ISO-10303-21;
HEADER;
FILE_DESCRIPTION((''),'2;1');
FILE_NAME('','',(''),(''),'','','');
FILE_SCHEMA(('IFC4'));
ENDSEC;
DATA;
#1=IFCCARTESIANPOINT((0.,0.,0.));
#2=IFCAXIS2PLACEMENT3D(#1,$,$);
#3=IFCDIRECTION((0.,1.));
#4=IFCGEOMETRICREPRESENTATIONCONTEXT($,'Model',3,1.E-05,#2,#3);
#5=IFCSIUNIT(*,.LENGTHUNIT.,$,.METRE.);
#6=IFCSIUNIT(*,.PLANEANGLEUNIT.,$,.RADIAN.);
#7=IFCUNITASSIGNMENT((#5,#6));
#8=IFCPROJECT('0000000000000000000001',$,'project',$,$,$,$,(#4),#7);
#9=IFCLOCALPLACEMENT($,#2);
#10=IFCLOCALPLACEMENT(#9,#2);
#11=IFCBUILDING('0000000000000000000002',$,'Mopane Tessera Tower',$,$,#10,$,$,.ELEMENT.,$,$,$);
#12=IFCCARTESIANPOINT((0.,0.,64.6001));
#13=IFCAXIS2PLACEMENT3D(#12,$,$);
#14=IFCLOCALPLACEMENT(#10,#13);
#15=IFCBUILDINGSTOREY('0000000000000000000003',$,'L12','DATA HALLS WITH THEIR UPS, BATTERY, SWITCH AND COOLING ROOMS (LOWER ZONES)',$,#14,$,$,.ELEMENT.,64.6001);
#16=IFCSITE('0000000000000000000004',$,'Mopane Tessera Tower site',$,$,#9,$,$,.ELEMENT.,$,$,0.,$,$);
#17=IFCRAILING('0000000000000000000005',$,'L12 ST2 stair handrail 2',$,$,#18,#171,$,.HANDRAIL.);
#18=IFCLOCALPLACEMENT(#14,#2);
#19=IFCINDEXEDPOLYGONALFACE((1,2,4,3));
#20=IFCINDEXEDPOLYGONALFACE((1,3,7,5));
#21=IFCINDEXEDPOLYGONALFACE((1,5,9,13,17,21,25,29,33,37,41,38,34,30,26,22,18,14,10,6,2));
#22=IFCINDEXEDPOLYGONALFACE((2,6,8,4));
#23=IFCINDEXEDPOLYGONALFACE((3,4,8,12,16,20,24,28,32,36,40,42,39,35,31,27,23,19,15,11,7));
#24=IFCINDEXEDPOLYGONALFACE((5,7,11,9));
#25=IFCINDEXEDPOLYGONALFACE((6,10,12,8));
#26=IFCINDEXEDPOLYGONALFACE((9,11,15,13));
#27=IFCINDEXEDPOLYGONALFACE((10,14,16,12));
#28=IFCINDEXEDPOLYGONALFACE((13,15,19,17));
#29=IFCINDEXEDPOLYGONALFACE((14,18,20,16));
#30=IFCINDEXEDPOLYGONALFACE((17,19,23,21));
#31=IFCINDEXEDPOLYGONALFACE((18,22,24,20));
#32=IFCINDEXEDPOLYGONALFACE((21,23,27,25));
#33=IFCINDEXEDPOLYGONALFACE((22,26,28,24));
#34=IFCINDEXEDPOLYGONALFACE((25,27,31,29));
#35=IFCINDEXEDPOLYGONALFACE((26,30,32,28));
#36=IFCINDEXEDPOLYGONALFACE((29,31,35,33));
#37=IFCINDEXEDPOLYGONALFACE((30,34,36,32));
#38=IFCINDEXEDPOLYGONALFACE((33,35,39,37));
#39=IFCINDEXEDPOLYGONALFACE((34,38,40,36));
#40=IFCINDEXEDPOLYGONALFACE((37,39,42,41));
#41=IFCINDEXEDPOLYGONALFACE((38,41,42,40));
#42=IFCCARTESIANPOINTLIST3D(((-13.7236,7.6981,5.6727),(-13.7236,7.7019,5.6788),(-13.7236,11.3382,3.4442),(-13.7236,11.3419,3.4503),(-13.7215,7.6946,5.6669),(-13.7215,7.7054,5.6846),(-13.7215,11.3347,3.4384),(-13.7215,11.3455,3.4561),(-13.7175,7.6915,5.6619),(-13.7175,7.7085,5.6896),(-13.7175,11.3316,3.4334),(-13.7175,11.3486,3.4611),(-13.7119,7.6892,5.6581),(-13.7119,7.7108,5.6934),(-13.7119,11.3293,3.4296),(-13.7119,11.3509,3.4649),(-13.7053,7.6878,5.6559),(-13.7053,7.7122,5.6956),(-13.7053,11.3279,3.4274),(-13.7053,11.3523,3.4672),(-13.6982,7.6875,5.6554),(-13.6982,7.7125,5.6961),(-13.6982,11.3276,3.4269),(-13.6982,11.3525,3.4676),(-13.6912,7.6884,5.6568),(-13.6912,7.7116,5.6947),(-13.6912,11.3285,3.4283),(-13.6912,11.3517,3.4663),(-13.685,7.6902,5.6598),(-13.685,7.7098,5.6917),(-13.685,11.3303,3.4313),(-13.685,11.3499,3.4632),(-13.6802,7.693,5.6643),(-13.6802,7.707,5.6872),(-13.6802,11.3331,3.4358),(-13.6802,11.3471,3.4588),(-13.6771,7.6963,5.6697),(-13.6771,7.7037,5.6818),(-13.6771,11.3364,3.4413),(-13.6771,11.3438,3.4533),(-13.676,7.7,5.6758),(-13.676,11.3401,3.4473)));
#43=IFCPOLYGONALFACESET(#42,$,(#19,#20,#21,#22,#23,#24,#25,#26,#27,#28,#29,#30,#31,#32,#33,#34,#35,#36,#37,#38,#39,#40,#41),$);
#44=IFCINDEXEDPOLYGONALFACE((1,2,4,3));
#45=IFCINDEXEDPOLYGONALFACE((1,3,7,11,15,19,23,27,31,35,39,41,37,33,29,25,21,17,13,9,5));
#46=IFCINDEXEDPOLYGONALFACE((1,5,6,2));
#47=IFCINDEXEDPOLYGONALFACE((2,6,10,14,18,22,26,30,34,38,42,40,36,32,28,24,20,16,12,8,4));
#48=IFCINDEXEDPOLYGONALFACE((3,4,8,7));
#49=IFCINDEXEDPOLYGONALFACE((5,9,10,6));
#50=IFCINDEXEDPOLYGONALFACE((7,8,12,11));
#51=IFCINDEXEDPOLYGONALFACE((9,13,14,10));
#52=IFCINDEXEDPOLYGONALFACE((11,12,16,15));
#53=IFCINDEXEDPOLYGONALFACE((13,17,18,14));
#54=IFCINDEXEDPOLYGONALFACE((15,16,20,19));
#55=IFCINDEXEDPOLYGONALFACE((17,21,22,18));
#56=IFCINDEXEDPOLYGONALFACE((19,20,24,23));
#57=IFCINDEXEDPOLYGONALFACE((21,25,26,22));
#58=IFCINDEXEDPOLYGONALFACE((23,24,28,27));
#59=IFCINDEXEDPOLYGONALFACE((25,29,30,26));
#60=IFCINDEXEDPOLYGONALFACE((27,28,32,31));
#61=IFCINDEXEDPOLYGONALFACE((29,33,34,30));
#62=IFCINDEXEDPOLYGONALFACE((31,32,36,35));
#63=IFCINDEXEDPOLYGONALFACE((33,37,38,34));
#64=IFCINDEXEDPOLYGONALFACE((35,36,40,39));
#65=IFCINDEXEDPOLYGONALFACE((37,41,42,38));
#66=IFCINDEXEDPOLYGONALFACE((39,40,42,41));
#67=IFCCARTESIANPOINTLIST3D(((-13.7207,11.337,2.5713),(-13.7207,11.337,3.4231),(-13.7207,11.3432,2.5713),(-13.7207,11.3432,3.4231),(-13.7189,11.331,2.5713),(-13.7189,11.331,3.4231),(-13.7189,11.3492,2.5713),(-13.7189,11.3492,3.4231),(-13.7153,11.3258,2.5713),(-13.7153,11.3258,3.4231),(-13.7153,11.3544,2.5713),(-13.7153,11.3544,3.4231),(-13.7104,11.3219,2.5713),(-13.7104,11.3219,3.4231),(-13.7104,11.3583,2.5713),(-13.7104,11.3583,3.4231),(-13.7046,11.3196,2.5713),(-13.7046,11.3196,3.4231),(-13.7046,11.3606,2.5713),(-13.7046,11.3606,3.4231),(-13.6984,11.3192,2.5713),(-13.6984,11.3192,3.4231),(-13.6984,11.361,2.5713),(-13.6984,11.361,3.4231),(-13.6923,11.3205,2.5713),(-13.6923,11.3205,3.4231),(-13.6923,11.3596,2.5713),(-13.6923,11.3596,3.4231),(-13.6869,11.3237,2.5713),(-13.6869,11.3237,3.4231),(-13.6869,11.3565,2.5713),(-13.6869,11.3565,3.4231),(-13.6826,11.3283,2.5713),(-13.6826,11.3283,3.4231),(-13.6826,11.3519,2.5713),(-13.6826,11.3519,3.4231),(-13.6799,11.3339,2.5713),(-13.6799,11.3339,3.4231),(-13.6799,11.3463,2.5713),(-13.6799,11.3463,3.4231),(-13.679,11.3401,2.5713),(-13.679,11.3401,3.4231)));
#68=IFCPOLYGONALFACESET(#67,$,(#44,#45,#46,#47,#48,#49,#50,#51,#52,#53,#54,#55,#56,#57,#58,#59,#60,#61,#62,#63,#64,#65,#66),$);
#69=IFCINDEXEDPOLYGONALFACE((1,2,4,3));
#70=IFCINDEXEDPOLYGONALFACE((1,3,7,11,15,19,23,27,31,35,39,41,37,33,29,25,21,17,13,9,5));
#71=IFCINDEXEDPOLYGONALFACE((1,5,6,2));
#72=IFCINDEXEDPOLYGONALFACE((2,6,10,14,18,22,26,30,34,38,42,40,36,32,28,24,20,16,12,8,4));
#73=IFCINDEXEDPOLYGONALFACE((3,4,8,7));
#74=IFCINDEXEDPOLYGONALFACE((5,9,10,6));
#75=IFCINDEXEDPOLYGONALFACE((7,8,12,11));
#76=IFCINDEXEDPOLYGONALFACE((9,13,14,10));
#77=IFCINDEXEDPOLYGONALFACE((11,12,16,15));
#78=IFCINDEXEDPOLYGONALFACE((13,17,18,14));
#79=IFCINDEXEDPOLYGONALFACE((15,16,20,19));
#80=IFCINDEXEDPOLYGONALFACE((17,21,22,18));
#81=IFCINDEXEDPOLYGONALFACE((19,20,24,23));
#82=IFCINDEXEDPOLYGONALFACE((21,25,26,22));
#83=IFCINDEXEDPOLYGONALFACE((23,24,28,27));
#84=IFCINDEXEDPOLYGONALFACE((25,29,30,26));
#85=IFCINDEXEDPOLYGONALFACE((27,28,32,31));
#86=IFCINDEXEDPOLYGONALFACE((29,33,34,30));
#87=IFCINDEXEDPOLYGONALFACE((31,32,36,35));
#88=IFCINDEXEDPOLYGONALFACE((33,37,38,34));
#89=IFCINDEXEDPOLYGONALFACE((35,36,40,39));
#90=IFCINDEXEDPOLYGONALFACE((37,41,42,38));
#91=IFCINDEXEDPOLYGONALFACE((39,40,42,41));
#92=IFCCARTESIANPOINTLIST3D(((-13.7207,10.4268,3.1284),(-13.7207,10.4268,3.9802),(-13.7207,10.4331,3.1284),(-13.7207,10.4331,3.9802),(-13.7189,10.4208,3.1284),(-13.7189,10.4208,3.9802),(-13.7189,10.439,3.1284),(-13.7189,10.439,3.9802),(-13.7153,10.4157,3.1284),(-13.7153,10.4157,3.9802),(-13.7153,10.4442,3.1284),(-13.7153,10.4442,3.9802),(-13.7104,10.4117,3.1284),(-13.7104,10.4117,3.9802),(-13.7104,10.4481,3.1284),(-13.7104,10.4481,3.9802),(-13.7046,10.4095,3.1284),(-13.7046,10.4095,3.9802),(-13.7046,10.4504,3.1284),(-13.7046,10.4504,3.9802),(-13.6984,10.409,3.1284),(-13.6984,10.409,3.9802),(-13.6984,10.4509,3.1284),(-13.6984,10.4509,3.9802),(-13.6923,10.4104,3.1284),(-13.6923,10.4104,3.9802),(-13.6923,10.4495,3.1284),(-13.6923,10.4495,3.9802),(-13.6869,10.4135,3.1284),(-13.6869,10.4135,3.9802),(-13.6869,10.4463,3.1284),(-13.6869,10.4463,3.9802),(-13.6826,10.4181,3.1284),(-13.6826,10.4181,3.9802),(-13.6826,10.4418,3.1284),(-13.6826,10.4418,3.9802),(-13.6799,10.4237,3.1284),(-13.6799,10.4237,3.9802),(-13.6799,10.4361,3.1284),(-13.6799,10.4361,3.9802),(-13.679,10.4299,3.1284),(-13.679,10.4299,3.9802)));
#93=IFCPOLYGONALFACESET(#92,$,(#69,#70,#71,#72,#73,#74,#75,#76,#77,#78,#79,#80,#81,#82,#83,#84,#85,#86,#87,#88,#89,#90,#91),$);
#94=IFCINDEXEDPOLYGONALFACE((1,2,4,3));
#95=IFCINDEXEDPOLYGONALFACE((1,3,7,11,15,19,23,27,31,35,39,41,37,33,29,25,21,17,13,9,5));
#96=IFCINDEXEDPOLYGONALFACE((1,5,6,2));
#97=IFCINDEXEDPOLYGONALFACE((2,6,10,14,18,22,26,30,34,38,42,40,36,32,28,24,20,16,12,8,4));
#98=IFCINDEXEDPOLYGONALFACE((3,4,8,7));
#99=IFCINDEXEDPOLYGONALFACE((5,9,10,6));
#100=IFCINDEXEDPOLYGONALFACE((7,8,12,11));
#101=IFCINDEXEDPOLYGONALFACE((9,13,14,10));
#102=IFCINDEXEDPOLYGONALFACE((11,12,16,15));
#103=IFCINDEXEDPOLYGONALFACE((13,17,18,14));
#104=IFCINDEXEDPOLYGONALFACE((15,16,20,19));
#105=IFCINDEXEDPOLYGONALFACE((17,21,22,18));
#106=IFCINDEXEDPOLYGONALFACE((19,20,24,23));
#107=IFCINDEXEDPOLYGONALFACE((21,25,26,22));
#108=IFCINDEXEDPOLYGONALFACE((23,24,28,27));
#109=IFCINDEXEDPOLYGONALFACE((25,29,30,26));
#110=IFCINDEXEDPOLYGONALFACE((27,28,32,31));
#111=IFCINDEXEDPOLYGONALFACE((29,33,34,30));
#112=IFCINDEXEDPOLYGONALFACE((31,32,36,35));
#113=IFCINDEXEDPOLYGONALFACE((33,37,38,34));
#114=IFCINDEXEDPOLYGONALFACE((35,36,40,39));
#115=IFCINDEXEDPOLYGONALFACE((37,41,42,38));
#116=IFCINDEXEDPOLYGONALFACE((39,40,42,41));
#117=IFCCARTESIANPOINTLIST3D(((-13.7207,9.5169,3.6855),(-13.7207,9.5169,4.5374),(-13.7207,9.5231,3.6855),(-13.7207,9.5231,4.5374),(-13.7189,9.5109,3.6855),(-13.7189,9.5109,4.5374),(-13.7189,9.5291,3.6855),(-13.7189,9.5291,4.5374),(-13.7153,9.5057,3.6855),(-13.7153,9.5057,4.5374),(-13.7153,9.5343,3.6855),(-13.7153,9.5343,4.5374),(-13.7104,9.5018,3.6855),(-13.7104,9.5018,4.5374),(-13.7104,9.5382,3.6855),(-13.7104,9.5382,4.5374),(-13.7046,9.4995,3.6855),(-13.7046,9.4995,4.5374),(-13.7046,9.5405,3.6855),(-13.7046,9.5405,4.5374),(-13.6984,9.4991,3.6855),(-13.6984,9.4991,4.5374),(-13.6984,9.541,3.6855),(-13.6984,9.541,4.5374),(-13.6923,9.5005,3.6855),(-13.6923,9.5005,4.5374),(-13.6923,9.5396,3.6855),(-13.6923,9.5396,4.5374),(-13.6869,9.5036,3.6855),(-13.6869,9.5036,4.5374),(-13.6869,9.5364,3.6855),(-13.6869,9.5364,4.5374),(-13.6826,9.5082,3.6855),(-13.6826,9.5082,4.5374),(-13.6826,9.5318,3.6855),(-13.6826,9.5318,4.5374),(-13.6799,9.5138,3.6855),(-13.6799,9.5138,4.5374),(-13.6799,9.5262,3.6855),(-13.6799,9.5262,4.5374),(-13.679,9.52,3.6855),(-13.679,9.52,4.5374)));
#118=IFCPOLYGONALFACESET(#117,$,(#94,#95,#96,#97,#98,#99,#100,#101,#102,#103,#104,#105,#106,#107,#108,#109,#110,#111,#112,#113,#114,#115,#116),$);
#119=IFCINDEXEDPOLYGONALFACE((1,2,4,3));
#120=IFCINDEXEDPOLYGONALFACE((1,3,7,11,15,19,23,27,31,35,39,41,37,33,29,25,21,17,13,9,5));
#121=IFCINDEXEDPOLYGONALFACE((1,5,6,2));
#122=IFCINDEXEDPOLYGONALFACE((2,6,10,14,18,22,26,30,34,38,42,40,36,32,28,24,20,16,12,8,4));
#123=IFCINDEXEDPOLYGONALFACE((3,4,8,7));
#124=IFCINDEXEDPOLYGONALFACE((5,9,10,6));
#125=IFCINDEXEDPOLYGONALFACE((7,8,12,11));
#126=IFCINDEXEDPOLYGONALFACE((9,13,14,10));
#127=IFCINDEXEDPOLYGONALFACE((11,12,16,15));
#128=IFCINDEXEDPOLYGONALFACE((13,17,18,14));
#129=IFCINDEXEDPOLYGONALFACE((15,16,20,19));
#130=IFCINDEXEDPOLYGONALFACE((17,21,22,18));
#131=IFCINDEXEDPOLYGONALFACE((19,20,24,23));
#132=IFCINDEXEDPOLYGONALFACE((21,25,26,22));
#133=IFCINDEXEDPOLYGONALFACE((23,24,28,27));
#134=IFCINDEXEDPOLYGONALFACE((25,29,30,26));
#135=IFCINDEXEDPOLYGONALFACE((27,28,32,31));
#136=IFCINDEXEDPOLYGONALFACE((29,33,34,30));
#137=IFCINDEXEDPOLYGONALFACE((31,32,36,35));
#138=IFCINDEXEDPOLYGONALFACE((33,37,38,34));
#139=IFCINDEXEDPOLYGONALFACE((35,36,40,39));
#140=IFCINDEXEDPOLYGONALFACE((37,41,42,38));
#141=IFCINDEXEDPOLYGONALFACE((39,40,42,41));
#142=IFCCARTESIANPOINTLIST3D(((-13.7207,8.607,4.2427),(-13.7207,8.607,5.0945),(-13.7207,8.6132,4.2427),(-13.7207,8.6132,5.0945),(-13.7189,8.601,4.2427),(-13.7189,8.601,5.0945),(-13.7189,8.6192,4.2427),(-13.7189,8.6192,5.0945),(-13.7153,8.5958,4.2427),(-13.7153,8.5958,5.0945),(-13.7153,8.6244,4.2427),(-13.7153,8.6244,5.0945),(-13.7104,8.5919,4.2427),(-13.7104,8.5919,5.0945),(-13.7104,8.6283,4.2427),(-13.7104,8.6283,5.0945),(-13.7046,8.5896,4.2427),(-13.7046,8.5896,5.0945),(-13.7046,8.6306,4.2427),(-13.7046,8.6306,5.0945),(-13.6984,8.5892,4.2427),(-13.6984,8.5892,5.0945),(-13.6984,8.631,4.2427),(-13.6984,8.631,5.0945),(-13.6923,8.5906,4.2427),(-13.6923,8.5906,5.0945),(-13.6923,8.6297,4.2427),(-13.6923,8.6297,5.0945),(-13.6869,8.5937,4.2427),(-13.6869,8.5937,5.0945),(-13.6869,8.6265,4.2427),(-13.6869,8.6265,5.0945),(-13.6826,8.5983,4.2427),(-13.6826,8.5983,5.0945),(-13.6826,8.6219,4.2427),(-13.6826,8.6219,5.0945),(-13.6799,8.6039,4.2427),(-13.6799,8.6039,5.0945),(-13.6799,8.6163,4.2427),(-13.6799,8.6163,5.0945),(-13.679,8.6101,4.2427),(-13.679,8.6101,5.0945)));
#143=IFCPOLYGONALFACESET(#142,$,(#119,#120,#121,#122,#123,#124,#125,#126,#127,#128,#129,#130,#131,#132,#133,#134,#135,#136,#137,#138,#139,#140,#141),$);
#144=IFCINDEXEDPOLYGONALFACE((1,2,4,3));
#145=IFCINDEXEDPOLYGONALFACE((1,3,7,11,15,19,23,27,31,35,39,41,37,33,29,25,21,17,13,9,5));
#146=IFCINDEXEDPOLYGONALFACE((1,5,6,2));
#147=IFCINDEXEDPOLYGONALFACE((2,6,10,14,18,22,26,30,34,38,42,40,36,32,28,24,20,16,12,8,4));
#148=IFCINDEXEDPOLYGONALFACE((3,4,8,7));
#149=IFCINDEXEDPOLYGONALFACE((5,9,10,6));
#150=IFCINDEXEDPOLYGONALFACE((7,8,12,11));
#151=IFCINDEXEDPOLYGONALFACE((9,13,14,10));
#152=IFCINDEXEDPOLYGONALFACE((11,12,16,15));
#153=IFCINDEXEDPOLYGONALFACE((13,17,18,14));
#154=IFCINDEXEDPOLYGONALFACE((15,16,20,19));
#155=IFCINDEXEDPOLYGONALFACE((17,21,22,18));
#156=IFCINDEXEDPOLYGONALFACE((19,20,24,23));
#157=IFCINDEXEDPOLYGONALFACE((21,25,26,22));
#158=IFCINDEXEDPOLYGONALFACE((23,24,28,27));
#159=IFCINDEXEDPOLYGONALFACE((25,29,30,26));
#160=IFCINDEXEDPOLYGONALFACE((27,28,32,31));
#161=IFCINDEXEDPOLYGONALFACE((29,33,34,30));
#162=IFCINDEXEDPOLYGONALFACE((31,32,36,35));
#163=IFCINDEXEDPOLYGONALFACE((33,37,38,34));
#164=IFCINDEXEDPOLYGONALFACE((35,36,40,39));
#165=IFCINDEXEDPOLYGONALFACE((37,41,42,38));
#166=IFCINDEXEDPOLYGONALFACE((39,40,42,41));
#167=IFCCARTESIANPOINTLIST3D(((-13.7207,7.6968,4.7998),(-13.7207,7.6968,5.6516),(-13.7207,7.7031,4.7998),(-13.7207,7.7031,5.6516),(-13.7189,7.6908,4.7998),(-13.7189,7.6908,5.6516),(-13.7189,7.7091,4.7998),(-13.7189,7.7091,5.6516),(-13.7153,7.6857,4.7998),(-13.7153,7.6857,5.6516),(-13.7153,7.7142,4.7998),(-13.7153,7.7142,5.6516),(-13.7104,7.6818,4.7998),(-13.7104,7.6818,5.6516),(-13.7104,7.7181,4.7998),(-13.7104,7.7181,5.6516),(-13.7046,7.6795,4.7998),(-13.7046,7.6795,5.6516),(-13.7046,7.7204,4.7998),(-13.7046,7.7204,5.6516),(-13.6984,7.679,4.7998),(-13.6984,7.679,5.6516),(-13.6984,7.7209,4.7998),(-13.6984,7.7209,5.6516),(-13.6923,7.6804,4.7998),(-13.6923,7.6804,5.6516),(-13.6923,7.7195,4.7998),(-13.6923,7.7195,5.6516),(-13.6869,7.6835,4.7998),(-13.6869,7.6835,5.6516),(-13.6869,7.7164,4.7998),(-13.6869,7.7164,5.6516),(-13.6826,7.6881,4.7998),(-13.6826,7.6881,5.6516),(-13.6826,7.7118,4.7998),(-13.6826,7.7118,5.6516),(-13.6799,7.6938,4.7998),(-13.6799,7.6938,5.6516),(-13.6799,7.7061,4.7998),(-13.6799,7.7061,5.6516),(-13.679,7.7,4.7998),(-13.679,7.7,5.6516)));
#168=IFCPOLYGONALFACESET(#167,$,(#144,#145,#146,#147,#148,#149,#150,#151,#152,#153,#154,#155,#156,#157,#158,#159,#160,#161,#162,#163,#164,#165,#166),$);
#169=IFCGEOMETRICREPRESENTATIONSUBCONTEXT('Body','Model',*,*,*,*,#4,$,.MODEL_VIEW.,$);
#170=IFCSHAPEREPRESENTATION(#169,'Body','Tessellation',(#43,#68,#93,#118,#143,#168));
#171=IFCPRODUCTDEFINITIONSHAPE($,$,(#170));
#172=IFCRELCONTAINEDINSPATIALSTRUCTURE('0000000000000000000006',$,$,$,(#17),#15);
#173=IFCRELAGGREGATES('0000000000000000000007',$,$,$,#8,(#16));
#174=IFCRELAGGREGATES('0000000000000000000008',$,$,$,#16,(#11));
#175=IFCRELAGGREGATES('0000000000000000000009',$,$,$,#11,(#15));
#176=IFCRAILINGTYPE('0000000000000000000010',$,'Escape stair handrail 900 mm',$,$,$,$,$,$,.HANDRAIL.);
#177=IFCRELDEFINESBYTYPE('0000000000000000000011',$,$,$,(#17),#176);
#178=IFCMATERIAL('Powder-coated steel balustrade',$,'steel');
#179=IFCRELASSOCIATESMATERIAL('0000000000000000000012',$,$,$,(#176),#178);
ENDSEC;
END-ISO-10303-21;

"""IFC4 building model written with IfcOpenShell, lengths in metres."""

from ifc_helpers import new_model, si_unit, direction, frame, origin, origin_2d, place, context, subcontext, project, spatial, circle, extrude, material, type_object, element, save


model = new_model("IFC4")

# Units and contexts
model_context = context("Model", 3, precision=1e-05, world=origin(), true_north=direction((0.0, 1.0)))
body_context = subcontext(model_context, "Body", "Model", "MODEL_VIEW")
ifc_project = project(units=[si_unit("LENGTHUNIT", "METRE"), si_unit("PLANEANGLEUNIT", "RADIAN")], contexts=[model_context])

# Site, building, storey
site_placement = place(None, origin())
site = spatial("IfcSite", under=ifc_project, at=site_placement, Name="Mopane Tessera Tower site", CompositionType="ELEMENT", RefElevation=0.0)
building_placement = place(site_placement, origin())
building = spatial("IfcBuilding", under=site, at=building_placement, Name="Mopane Tessera Tower", CompositionType="ELEMENT")
storey_placement = place(building_placement, frame((0.0, 0.0, 64.6001)))
storey = spatial("IfcBuildingStorey", under=building, at=storey_placement, Name="L12", Description="DATA HALLS WITH THEIR UPS, BATTERY, SWITCH AND COOLING ROOMS (LOWER ZONES)", CompositionType="ELEMENT", Elevation=64.6001)

# Railing
ifc_material_1 = material(Name="Powder-coated steel balustrade", Category="steel")
railing_type = type_object("IfcRailingType", Name="Escape stair handrail 900 mm", PredefinedType="HANDRAIL", material=ifc_material_1)
railing_placement = place(storey_placement, frame((-13.7, 11.3401, 2.5713)))
element("IfcRailing", 1, at=railing_placement, inside=storey, type_object=railing_type, Name="L12 ST2 stair handrail 2", PredefinedType="HANDRAIL", context=body_context, shape_type="SweptSolid", body=[
    extrude(circle(Radius=0.0239, at=origin_2d()), frame((0.0, 0.0, 0.876), z_axis=(0.0, -0.852866, 0.52213), x_axis=(1.0, 0.0, 0.0)), (0.0, 0.0, 1.0), 4.2681),
    extrude(circle(Radius=0.021, at=origin_2d()), origin(), (0.0, 0.0, 1.0), 0.8518),
    extrude(circle(Radius=0.021, at=origin_2d()), frame((0.0, -0.9102, 0.5571)), (0.0, 0.0, 1.0), 0.8518),
    extrude(circle(Radius=0.021, at=origin_2d()), frame((0.0, -1.8201, 1.1143)), (0.0, 0.0, 1.0), 0.8518),
    extrude(circle(Radius=0.021, at=origin_2d()), frame((0.0, -2.73, 1.6714)), (0.0, 0.0, 1.0), 0.8518),
    extrude(circle(Radius=0.021, at=origin_2d()), frame((0.0, -3.6401, 2.2285)), (0.0, 0.0, 1.0), 0.8518),
])

save(model, "model.ifc")
